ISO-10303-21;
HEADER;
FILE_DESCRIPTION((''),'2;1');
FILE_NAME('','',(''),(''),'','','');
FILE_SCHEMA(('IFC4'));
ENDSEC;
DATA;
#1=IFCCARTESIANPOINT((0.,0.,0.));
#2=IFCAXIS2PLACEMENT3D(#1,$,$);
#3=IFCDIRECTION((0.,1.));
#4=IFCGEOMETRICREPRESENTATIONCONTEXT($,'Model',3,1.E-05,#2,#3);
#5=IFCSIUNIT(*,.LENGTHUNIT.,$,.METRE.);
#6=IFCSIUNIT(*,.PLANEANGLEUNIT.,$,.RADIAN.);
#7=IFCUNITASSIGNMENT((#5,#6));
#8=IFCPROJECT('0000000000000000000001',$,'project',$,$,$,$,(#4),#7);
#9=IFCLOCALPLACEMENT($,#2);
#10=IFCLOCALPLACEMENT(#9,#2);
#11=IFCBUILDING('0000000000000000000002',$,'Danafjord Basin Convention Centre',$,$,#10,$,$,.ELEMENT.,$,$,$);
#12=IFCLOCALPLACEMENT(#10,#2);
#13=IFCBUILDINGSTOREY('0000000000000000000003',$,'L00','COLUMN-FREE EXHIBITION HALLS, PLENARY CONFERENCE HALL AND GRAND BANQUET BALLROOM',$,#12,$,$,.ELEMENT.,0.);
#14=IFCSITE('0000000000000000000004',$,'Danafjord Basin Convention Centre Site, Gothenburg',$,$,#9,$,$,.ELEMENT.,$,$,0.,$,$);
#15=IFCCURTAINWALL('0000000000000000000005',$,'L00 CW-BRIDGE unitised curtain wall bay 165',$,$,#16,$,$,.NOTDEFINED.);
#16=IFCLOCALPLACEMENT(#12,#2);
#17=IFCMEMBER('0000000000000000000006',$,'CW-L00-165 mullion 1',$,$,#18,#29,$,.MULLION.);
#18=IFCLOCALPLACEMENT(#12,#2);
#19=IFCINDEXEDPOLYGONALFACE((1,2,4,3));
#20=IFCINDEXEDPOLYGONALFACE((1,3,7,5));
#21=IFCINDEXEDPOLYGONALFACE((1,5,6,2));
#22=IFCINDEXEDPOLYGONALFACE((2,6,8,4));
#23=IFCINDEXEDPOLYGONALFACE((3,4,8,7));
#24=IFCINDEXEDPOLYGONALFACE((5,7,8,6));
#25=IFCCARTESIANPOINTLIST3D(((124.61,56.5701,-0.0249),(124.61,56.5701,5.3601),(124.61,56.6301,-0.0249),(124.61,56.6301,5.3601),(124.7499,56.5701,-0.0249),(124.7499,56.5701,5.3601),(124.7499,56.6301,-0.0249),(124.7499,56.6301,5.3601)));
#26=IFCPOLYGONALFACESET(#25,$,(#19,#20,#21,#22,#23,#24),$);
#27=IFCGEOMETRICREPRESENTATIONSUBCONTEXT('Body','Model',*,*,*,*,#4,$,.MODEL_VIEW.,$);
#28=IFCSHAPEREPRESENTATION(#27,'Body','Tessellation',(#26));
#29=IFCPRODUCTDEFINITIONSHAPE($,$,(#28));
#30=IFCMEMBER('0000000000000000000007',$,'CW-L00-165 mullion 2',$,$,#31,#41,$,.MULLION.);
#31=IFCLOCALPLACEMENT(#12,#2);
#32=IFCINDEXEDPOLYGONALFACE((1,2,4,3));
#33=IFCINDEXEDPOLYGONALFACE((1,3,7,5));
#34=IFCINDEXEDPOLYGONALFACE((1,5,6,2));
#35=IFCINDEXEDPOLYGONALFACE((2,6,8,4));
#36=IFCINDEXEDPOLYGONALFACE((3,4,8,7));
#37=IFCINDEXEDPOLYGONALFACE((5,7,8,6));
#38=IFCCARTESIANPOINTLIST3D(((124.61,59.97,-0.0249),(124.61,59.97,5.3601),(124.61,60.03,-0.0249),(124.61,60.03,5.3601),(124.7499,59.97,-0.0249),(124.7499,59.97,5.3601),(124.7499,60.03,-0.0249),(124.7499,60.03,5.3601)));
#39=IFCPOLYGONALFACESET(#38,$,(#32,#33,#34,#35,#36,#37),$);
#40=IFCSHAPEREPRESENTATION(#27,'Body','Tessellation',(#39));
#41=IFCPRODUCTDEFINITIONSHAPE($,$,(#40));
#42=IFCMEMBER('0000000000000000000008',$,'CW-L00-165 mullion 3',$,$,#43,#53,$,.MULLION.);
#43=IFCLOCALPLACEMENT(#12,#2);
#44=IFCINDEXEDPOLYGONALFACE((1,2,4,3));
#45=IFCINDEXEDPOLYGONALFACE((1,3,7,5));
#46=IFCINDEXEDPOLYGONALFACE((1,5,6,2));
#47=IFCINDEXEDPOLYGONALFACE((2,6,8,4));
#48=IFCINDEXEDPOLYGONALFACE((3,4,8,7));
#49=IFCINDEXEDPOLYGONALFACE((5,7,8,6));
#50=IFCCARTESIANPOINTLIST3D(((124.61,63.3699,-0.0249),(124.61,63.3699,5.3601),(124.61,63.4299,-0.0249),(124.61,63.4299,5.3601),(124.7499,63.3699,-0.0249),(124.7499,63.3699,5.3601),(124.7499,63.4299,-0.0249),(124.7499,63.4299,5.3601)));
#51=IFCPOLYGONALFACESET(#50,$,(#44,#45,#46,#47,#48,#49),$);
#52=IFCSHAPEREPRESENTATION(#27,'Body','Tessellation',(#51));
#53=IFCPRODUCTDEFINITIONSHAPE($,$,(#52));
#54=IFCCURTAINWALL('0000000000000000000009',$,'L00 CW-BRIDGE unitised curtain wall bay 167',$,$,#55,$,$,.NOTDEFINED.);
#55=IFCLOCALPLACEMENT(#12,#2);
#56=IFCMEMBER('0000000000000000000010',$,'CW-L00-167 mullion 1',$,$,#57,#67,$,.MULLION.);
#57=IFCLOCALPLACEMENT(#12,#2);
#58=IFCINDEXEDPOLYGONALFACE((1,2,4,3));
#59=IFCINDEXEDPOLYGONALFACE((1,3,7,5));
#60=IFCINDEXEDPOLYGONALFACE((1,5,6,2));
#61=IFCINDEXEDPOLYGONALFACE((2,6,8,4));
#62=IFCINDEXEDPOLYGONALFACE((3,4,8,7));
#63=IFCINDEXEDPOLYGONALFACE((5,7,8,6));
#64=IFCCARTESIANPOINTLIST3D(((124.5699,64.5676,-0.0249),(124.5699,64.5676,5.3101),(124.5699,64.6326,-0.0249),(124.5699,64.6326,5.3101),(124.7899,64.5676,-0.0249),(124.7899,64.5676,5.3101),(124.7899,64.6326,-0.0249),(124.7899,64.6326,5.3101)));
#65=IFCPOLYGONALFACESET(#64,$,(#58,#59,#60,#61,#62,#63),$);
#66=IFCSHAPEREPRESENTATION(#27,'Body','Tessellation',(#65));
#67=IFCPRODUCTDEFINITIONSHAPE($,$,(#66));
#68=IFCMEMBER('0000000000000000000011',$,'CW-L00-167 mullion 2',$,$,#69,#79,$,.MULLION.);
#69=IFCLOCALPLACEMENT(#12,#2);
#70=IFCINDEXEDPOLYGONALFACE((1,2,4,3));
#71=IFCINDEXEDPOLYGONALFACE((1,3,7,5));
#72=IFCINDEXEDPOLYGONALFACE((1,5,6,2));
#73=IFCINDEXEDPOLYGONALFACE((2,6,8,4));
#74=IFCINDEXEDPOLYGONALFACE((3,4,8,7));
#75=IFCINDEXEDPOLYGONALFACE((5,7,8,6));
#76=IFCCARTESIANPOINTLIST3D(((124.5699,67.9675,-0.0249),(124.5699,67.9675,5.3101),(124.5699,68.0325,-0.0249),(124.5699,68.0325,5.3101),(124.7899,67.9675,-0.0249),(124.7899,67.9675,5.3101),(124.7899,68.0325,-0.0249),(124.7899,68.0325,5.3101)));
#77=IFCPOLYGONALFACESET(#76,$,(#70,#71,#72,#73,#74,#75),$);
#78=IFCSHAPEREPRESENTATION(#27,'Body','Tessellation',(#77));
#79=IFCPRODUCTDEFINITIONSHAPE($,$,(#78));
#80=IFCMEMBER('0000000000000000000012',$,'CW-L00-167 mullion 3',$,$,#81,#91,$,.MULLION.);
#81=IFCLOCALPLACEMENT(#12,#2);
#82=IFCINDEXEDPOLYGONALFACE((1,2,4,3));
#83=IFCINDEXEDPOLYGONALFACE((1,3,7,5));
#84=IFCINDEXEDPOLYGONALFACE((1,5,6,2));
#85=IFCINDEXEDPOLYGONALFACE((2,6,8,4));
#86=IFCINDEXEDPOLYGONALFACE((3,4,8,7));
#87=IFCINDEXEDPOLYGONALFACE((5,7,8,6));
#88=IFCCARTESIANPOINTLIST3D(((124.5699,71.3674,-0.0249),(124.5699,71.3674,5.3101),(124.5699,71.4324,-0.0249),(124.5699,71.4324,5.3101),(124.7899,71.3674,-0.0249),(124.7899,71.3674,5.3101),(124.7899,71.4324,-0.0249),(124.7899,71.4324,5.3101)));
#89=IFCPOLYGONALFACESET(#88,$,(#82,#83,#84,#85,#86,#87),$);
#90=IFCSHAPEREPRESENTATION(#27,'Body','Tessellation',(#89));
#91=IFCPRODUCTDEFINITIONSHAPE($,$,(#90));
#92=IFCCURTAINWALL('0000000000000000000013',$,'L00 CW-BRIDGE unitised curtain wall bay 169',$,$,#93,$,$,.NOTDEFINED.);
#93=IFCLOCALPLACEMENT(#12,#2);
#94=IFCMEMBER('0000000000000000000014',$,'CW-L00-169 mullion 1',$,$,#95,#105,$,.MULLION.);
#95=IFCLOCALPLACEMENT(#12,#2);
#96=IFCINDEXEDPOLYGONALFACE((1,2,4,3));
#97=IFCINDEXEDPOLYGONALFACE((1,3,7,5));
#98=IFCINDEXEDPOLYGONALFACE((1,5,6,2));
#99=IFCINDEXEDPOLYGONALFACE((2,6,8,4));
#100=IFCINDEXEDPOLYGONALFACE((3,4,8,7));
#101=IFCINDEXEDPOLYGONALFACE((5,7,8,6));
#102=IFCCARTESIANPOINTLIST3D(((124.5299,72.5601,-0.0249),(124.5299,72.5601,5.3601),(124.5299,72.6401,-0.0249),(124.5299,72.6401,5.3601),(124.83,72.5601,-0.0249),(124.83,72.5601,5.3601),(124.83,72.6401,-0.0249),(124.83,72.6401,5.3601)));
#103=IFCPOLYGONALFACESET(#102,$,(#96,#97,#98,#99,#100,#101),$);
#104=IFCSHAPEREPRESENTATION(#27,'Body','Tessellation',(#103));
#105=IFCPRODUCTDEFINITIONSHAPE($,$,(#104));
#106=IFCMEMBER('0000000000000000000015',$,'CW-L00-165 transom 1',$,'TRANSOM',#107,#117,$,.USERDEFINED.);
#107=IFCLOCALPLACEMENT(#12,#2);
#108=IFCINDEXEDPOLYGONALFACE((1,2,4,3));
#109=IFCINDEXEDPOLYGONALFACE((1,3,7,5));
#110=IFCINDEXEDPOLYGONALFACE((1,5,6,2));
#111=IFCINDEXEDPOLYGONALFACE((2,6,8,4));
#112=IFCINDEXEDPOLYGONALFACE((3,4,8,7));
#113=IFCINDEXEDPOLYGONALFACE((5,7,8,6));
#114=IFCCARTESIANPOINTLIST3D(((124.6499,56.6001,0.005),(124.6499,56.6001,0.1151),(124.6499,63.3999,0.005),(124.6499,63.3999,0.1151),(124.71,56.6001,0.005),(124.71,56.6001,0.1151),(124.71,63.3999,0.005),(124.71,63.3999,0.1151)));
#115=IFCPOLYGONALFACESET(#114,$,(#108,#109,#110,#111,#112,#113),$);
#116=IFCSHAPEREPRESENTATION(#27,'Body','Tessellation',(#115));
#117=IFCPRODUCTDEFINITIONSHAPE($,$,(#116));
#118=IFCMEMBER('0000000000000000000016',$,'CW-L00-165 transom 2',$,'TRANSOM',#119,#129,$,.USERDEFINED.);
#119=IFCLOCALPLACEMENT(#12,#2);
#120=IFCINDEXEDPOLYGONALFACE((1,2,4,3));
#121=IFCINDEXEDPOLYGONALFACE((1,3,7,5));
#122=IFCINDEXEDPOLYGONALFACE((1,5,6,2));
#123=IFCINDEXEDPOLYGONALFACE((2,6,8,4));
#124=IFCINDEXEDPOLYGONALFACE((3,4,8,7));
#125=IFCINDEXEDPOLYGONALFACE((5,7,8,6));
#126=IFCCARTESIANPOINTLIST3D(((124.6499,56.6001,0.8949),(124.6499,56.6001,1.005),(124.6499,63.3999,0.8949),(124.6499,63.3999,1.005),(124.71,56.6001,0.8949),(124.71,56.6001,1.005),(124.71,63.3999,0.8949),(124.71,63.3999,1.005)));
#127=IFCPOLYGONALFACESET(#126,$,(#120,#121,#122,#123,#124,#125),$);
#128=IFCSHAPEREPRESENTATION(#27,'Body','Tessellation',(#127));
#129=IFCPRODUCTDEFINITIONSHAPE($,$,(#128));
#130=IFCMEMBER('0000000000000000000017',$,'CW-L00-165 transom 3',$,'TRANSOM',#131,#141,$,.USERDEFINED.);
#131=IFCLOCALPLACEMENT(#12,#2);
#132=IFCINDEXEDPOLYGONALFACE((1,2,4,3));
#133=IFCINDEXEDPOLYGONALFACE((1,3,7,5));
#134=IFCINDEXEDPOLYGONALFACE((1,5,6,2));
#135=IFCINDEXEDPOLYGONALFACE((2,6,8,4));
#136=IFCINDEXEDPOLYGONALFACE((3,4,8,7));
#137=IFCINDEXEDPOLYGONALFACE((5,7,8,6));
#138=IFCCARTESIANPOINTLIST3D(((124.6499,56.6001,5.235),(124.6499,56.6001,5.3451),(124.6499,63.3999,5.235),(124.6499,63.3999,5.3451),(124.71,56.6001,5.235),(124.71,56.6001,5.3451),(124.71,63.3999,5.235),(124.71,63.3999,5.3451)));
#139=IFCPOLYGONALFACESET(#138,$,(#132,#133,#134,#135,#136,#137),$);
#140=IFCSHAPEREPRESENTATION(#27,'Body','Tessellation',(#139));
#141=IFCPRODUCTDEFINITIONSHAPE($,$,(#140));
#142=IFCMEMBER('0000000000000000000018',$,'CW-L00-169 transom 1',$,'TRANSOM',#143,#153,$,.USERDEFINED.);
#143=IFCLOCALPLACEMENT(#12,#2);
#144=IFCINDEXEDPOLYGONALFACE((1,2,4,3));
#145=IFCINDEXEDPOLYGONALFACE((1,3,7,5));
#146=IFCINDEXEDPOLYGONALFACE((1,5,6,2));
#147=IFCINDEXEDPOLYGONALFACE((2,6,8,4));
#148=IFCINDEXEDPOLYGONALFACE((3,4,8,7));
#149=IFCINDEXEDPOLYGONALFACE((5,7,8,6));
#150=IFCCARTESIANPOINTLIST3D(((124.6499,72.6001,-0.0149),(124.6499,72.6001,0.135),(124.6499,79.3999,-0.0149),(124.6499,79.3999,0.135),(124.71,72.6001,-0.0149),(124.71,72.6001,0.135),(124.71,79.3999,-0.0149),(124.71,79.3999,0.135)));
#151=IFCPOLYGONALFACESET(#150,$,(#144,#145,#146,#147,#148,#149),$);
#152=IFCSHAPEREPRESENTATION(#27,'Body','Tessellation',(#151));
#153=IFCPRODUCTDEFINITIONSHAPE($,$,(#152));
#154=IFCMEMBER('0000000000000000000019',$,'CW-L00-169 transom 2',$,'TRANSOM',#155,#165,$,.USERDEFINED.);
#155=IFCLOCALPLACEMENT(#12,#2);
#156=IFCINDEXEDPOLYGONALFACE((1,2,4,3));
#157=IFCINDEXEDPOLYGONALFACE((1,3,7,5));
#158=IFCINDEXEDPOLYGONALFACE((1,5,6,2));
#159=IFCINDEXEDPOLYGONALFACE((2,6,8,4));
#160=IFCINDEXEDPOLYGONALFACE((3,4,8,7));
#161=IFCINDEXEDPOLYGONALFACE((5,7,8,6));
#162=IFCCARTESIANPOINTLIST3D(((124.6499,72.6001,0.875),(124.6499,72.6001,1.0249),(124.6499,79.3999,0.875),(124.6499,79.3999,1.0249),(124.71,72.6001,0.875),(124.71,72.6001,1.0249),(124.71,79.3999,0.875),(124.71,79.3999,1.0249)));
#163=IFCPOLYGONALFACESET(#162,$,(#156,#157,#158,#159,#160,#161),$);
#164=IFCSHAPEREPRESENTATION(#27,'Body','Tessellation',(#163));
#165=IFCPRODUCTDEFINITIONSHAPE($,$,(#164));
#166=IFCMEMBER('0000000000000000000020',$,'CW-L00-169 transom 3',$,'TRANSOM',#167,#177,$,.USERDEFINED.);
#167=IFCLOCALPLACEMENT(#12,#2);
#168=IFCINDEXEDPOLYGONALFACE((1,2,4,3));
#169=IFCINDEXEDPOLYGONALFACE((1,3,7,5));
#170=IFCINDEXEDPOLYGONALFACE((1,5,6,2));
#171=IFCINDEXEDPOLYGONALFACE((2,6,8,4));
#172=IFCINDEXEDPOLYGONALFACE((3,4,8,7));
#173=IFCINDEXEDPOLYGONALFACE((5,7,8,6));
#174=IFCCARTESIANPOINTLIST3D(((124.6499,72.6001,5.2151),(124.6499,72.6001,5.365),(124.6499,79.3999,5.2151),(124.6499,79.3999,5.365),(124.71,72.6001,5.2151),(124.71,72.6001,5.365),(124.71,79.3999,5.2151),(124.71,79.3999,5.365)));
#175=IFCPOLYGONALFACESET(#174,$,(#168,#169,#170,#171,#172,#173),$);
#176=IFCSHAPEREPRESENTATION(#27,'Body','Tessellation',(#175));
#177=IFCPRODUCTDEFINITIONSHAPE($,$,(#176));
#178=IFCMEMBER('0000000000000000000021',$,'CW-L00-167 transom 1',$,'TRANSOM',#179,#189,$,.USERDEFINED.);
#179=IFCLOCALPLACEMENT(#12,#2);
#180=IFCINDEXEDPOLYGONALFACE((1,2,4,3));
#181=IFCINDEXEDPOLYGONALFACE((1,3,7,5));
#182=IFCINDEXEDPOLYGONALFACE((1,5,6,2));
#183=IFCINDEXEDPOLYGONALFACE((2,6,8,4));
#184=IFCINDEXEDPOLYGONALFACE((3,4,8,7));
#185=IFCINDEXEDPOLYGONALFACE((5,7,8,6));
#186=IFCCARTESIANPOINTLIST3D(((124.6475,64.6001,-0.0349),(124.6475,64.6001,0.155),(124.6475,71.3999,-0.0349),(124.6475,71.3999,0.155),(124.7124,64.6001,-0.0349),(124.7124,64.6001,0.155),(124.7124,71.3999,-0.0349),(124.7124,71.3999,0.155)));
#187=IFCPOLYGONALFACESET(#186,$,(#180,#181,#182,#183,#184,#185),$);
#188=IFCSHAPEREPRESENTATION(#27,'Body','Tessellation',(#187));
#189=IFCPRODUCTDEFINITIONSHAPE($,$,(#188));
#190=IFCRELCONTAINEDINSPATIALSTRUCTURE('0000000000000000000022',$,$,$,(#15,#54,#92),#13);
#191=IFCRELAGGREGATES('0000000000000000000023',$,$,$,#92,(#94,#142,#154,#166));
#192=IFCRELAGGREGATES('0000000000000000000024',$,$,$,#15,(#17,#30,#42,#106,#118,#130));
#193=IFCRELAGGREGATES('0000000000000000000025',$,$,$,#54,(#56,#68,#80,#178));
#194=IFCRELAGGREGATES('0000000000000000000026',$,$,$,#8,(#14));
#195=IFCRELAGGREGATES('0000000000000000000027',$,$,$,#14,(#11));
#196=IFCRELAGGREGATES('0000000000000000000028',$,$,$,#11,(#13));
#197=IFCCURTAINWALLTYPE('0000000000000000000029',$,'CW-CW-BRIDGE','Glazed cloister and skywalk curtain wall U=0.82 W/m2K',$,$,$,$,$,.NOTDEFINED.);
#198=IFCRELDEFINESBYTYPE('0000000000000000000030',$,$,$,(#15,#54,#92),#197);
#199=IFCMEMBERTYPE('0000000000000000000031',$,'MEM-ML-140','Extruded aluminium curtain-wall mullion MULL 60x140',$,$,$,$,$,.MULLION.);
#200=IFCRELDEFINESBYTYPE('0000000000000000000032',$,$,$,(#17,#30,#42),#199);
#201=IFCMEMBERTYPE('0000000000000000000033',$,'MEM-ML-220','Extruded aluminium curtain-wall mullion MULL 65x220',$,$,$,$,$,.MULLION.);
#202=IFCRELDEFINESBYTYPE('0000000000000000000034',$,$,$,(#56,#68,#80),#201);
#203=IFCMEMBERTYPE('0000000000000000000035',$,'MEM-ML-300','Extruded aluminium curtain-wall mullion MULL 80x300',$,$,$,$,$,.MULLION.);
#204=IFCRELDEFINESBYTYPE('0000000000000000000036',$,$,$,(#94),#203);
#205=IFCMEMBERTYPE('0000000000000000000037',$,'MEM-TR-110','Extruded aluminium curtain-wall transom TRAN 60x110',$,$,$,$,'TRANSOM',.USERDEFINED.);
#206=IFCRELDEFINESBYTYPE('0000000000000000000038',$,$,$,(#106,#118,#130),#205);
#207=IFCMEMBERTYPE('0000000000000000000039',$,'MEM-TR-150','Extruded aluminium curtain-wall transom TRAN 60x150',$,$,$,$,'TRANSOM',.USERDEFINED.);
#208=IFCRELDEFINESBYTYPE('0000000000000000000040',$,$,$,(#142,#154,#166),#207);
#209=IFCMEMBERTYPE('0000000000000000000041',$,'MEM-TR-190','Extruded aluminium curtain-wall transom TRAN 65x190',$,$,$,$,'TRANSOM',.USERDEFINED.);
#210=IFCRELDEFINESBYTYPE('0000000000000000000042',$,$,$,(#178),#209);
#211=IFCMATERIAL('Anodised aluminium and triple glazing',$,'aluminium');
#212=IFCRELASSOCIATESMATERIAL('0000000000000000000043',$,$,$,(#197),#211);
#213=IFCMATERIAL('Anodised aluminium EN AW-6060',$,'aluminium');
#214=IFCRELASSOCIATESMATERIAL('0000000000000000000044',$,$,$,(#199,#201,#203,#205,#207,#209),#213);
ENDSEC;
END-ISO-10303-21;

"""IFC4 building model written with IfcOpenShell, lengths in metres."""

from ifc_helpers import new_model, si_unit, direction, frame, origin, origin_2d, place, context, subcontext, project, spatial, rectangle, extrude, material, material_profile, profile_set, type_object, element, aggregate, save


model = new_model("IFC4")

# Units and contexts
model_context = context("Model", 3, precision=1e-05, world=origin(), true_north=direction((0.0, 1.0)))
body_context = subcontext(model_context, "Body", "Model", "MODEL_VIEW")
ifc_project = project(units=[si_unit("LENGTHUNIT", "METRE"), si_unit("PLANEANGLEUNIT", "RADIAN")], contexts=[model_context])

# Site, building, storey
site_placement = place(None, origin())
site = spatial("IfcSite", under=ifc_project, at=site_placement, Name="Danafjord Basin Convention Centre Site, Gothenburg", CompositionType="ELEMENT", RefElevation=0.0)
building_placement = place(site_placement, origin())
building = spatial("IfcBuilding", under=site, at=building_placement, Name="Danafjord Basin Convention Centre", CompositionType="ELEMENT")
storey_placement = place(building_placement, origin())
storey = spatial("IfcBuildingStorey", under=building, at=storey_placement, Name="L00", Description="COLUMN-FREE EXHIBITION HALLS, PLENARY CONFERENCE HALL AND GRAND BANQUET BALLROOM", CompositionType="ELEMENT", Elevation=0.0)

# Curtain walls, members
ifc_material_1 = material(Name="Anodised aluminium and triple glazing", Category="aluminium")
curtain_wall_type = type_object("IfcCurtainWallType", Name="CW-CW-BRIDGE", Description="Glazed cloister and skywalk curtain wall U=0.82 W/m2K", PredefinedType="NOTDEFINED", material=ifc_material_1)
curtain_wall_1_placement = place(storey_placement, origin())
curtain_wall_1 = element("IfcCurtainWall", 1, at=curtain_wall_1_placement, inside=storey, type_object=curtain_wall_type, Name="L00 CW-BRIDGE unitised curtain wall bay 165", PredefinedType="NOTDEFINED")
ifc_material_2 = material(Name="Anodised aluminium EN AW-6060", Category="aluminium")
ifc_material_profile_1 = material_profile(ifc_material_2, rectangle(XDim=0.0601, YDim=0.1399, at=origin_2d()), Name="MULL 60x140")
ifc_profile_set_1 = profile_set([ifc_material_profile_1], Name="Anodised aluminium EN AW-6060")
member_type_1 = type_object("IfcMemberType", Name="MEM-ML-140", Description="Extruded aluminium curtain-wall mullion MULL 60x140", PredefinedType="MULLION", material=ifc_profile_set_1)
member_1_placement = place(storey_placement, frame((124.6799, 56.6001, -0.0249), z_axis=(0.0, 0.0, 1.0), x_axis=(0.0, 1.0, 0.0)))
member_1 = element("IfcMember", 2, at=member_1_placement, type_object=member_type_1, Name="CW-L00-165 mullion 1", PredefinedType="MULLION", context=body_context, shape_type="SweptSolid", body=[
    extrude(rectangle(XDim=0.0601, YDim=0.1399, at=origin_2d()), origin(), (0.0, 0.0, 1.0), 5.385),
])
member_2_placement = place(storey_placement, frame((124.6799, 60.0, -0.0249), z_axis=(0.0, 0.0, 1.0), x_axis=(0.0, 1.0, 0.0)))
member_2 = element("IfcMember", 3, at=member_2_placement, type_object=member_type_1, Name="CW-L00-165 mullion 2", PredefinedType="MULLION", context=body_context, shape_type="SweptSolid", body=[
    extrude(rectangle(XDim=0.0601, YDim=0.1399, at=origin_2d()), origin(), (0.0, 0.0, 1.0), 5.385),
])
member_3_placement = place(storey_placement, frame((124.6799, 63.3999, -0.0249), z_axis=(0.0, 0.0, 1.0), x_axis=(0.0, 1.0, 0.0)))
member_3 = element("IfcMember", 4, at=member_3_placement, type_object=member_type_1, Name="CW-L00-165 mullion 3", PredefinedType="MULLION", context=body_context, shape_type="SweptSolid", body=[
    extrude(rectangle(XDim=0.0601, YDim=0.1399, at=origin_2d()), origin(), (0.0, 0.0, 1.0), 5.385),
])
curtain_wall_2_placement = place(storey_placement, origin())
curtain_wall_2 = element("IfcCurtainWall", 5, at=curtain_wall_2_placement, inside=storey, type_object=curtain_wall_type, Name="L00 CW-BRIDGE unitised curtain wall bay 167", PredefinedType="NOTDEFINED")
ifc_material_profile_2 = material_profile(ifc_material_2, rectangle(XDim=0.0649, YDim=0.22, at=origin_2d()), Name="MULL 65x220")
ifc_profile_set_2 = profile_set([ifc_material_profile_2], Name="Anodised aluminium EN AW-6060")
member_type_2 = type_object("IfcMemberType", Name="MEM-ML-220", Description="Extruded aluminium curtain-wall mullion MULL 65x220", PredefinedType="MULLION", material=ifc_profile_set_2)
member_4_placement = place(storey_placement, frame((124.6799, 64.6001, -0.0249), z_axis=(0.0, 0.0, 1.0), x_axis=(0.0, 1.0, 0.0)))
member_4 = element("IfcMember", 6, at=member_4_placement, type_object=member_type_2, Name="CW-L00-167 mullion 1", PredefinedType="MULLION", context=body_context, shape_type="SweptSolid", body=[
    extrude(rectangle(XDim=0.0649, YDim=0.22, at=origin_2d()), origin(), (0.0, 0.0, 1.0), 5.335),
])
member_5_placement = place(storey_placement, frame((124.6799, 68.0, -0.0249), z_axis=(0.0, 0.0, 1.0), x_axis=(0.0, 1.0, 0.0)))
member_5 = element("IfcMember", 7, at=member_5_placement, type_object=member_type_2, Name="CW-L00-167 mullion 2", PredefinedType="MULLION", context=body_context, shape_type="SweptSolid", body=[
    extrude(rectangle(XDim=0.0649, YDim=0.22, at=origin_2d()), origin(), (0.0, 0.0, 1.0), 5.335),
])
member_6_placement = place(storey_placement, frame((124.6799, 71.3999, -0.0249), z_axis=(0.0, 0.0, 1.0), x_axis=(0.0, 1.0, 0.0)))
member_6 = element("IfcMember", 8, at=member_6_placement, type_object=member_type_2, Name="CW-L00-167 mullion 3", PredefinedType="MULLION", context=body_context, shape_type="SweptSolid", body=[
    extrude(rectangle(XDim=0.0649, YDim=0.22, at=origin_2d()), origin(), (0.0, 0.0, 1.0), 5.335),
])

# Curtain wall, member
curtain_wall_3_placement = place(storey_placement, origin())
curtain_wall_3 = element("IfcCurtainWall", 9, at=curtain_wall_3_placement, inside=storey, type_object=curtain_wall_type, Name="L00 CW-BRIDGE unitised curtain wall bay 169", PredefinedType="NOTDEFINED")
ifc_material_profile_3 = material_profile(ifc_material_2, rectangle(XDim=0.0801, YDim=0.3, at=origin_2d()), Name="MULL 80x300")
ifc_profile_set_3 = profile_set([ifc_material_profile_3], Name="Anodised aluminium EN AW-6060")
member_type_3 = type_object("IfcMemberType", Name="MEM-ML-300", Description="Extruded aluminium curtain-wall mullion MULL 80x300", PredefinedType="MULLION", material=ifc_profile_set_3)
member_7_placement = place(storey_placement, frame((124.6799, 72.6001, -0.0249), z_axis=(0.0, 0.0, 1.0), x_axis=(0.0, 1.0, 0.0)))
member_7 = element("IfcMember", 10, at=member_7_placement, type_object=member_type_3, Name="CW-L00-169 mullion 1", PredefinedType="MULLION", context=body_context, shape_type="SweptSolid", body=[
    extrude(rectangle(XDim=0.0801, YDim=0.3, at=origin_2d()), origin(), (0.0, 0.0, 1.0), 5.385),
])

# Members
ifc_material_profile_4 = material_profile(ifc_material_2, rectangle(XDim=0.0601, YDim=0.1101, at=origin_2d()), Name="TRAN 60x110")
ifc_profile_set_4 = profile_set([ifc_material_profile_4], Name="Anodised aluminium EN AW-6060")
member_type_4 = type_object("IfcMemberType", Name="MEM-TR-110", Description="Extruded aluminium curtain-wall transom TRAN 60x110", ElementType="TRANSOM", PredefinedType="USERDEFINED", material=ifc_profile_set_4)
member_8_placement = place(storey_placement, frame((124.6799, 56.6001, 0.0601), z_axis=(0.0, 1.0, 0.0), x_axis=(-1.0, 0.0, 0.0)))
member_8 = element("IfcMember", 11, at=member_8_placement, type_object=member_type_4, Name="CW-L00-165 transom 1", ObjectType="TRANSOM", PredefinedType="USERDEFINED", context=body_context, shape_type="SweptSolid", body=[
    extrude(rectangle(XDim=0.0601, YDim=0.1101, at=origin_2d()), origin(), (0.0, 0.0, 1.0), 6.7998),
])
member_9_placement = place(storey_placement, frame((124.6799, 56.6001, 0.95), z_axis=(0.0, 1.0, 0.0), x_axis=(-1.0, 0.0, 0.0)))
member_9 = element("IfcMember", 12, at=member_9_placement, type_object=member_type_4, Name="CW-L00-165 transom 2", ObjectType="TRANSOM", PredefinedType="USERDEFINED", context=body_context, shape_type="SweptSolid", body=[
    extrude(rectangle(XDim=0.0601, YDim=0.1101, at=origin_2d()), origin(), (0.0, 0.0, 1.0), 6.7998),
])
member_10_placement = place(storey_placement, frame((124.6799, 56.6001, 5.29), z_axis=(0.0, 1.0, 0.0), x_axis=(-1.0, 0.0, 0.0)))
member_10 = element("IfcMember", 13, at=member_10_placement, type_object=member_type_4, Name="CW-L00-165 transom 3", ObjectType="TRANSOM", PredefinedType="USERDEFINED", context=body_context, shape_type="SweptSolid", body=[
    extrude(rectangle(XDim=0.0601, YDim=0.1101, at=origin_2d()), origin(), (0.0, 0.0, 1.0), 6.7998),
])
ifc_material_profile_5 = material_profile(ifc_material_2, rectangle(XDim=0.0601, YDim=0.1499, at=origin_2d()), Name="TRAN 60x150")
ifc_profile_set_5 = profile_set([ifc_material_profile_5], Name="Anodised aluminium EN AW-6060")
member_type_5 = type_object("IfcMemberType", Name="MEM-TR-150", Description="Extruded aluminium curtain-wall transom TRAN 60x150", ElementType="TRANSOM", PredefinedType="USERDEFINED", material=ifc_profile_set_5)
member_11_placement = place(storey_placement, frame((124.6799, 72.6001, 0.0601), z_axis=(0.0, 1.0, 0.0), x_axis=(-1.0, 0.0, 0.0)))
member_11 = element("IfcMember", 14, at=member_11_placement, type_object=member_type_5, Name="CW-L00-169 transom 1", ObjectType="TRANSOM", PredefinedType="USERDEFINED", context=body_context, shape_type="SweptSolid", body=[
    extrude(rectangle(XDim=0.0601, YDim=0.1499, at=origin_2d()), origin(), (0.0, 0.0, 1.0), 6.7998),
])
member_12_placement = place(storey_placement, frame((124.6799, 72.6001, 0.95), z_axis=(0.0, 1.0, 0.0), x_axis=(-1.0, 0.0, 0.0)))
member_12 = element("IfcMember", 15, at=member_12_placement, type_object=member_type_5, Name="CW-L00-169 transom 2", ObjectType="TRANSOM", PredefinedType="USERDEFINED", context=body_context, shape_type="SweptSolid", body=[
    extrude(rectangle(XDim=0.0601, YDim=0.1499, at=origin_2d()), origin(), (0.0, 0.0, 1.0), 6.7998),
])
member_13_placement = place(storey_placement, frame((124.6799, 72.6001, 5.29), z_axis=(0.0, 1.0, 0.0), x_axis=(-1.0, 0.0, 0.0)))
member_13 = element("IfcMember", 16, at=member_13_placement, type_object=member_type_5, Name="CW-L00-169 transom 3", ObjectType="TRANSOM", PredefinedType="USERDEFINED", context=body_context, shape_type="SweptSolid", body=[
    extrude(rectangle(XDim=0.0601, YDim=0.1499, at=origin_2d()), origin(), (0.0, 0.0, 1.0), 6.7998),
])
aggregate(curtain_wall_3, [member_7, member_11, member_12, member_13])
ifc_material_profile_6 = material_profile(ifc_material_2, rectangle(XDim=0.0649, YDim=0.1899, at=origin_2d()), Name="TRAN 65x190")
ifc_profile_set_6 = profile_set([ifc_material_profile_6], Name="Anodised aluminium EN AW-6060")
member_type_6 = type_object("IfcMemberType", Name="MEM-TR-190", Description="Extruded aluminium curtain-wall transom TRAN 65x190", ElementType="TRANSOM", PredefinedType="USERDEFINED", material=ifc_profile_set_6)
member_14_placement = place(storey_placement, frame((124.6799, 64.6001, 0.0601), z_axis=(0.0, 1.0, 0.0), x_axis=(-1.0, 0.0, 0.0)))
member_14 = element("IfcMember", 17, at=member_14_placement, type_object=member_type_6, Name="CW-L00-167 transom 1", ObjectType="TRANSOM", PredefinedType="USERDEFINED", context=body_context, shape_type="SweptSolid", body=[
    extrude(rectangle(XDim=0.0649, YDim=0.1899, at=origin_2d()), origin(), (0.0, 0.0, 1.0), 6.7998),
])

aggregate(curtain_wall_1, [member_1, member_2, member_3, member_8, member_9, member_10])
aggregate(curtain_wall_2, [member_4, member_5, member_6, member_14])

save(model, "model.ifc")
